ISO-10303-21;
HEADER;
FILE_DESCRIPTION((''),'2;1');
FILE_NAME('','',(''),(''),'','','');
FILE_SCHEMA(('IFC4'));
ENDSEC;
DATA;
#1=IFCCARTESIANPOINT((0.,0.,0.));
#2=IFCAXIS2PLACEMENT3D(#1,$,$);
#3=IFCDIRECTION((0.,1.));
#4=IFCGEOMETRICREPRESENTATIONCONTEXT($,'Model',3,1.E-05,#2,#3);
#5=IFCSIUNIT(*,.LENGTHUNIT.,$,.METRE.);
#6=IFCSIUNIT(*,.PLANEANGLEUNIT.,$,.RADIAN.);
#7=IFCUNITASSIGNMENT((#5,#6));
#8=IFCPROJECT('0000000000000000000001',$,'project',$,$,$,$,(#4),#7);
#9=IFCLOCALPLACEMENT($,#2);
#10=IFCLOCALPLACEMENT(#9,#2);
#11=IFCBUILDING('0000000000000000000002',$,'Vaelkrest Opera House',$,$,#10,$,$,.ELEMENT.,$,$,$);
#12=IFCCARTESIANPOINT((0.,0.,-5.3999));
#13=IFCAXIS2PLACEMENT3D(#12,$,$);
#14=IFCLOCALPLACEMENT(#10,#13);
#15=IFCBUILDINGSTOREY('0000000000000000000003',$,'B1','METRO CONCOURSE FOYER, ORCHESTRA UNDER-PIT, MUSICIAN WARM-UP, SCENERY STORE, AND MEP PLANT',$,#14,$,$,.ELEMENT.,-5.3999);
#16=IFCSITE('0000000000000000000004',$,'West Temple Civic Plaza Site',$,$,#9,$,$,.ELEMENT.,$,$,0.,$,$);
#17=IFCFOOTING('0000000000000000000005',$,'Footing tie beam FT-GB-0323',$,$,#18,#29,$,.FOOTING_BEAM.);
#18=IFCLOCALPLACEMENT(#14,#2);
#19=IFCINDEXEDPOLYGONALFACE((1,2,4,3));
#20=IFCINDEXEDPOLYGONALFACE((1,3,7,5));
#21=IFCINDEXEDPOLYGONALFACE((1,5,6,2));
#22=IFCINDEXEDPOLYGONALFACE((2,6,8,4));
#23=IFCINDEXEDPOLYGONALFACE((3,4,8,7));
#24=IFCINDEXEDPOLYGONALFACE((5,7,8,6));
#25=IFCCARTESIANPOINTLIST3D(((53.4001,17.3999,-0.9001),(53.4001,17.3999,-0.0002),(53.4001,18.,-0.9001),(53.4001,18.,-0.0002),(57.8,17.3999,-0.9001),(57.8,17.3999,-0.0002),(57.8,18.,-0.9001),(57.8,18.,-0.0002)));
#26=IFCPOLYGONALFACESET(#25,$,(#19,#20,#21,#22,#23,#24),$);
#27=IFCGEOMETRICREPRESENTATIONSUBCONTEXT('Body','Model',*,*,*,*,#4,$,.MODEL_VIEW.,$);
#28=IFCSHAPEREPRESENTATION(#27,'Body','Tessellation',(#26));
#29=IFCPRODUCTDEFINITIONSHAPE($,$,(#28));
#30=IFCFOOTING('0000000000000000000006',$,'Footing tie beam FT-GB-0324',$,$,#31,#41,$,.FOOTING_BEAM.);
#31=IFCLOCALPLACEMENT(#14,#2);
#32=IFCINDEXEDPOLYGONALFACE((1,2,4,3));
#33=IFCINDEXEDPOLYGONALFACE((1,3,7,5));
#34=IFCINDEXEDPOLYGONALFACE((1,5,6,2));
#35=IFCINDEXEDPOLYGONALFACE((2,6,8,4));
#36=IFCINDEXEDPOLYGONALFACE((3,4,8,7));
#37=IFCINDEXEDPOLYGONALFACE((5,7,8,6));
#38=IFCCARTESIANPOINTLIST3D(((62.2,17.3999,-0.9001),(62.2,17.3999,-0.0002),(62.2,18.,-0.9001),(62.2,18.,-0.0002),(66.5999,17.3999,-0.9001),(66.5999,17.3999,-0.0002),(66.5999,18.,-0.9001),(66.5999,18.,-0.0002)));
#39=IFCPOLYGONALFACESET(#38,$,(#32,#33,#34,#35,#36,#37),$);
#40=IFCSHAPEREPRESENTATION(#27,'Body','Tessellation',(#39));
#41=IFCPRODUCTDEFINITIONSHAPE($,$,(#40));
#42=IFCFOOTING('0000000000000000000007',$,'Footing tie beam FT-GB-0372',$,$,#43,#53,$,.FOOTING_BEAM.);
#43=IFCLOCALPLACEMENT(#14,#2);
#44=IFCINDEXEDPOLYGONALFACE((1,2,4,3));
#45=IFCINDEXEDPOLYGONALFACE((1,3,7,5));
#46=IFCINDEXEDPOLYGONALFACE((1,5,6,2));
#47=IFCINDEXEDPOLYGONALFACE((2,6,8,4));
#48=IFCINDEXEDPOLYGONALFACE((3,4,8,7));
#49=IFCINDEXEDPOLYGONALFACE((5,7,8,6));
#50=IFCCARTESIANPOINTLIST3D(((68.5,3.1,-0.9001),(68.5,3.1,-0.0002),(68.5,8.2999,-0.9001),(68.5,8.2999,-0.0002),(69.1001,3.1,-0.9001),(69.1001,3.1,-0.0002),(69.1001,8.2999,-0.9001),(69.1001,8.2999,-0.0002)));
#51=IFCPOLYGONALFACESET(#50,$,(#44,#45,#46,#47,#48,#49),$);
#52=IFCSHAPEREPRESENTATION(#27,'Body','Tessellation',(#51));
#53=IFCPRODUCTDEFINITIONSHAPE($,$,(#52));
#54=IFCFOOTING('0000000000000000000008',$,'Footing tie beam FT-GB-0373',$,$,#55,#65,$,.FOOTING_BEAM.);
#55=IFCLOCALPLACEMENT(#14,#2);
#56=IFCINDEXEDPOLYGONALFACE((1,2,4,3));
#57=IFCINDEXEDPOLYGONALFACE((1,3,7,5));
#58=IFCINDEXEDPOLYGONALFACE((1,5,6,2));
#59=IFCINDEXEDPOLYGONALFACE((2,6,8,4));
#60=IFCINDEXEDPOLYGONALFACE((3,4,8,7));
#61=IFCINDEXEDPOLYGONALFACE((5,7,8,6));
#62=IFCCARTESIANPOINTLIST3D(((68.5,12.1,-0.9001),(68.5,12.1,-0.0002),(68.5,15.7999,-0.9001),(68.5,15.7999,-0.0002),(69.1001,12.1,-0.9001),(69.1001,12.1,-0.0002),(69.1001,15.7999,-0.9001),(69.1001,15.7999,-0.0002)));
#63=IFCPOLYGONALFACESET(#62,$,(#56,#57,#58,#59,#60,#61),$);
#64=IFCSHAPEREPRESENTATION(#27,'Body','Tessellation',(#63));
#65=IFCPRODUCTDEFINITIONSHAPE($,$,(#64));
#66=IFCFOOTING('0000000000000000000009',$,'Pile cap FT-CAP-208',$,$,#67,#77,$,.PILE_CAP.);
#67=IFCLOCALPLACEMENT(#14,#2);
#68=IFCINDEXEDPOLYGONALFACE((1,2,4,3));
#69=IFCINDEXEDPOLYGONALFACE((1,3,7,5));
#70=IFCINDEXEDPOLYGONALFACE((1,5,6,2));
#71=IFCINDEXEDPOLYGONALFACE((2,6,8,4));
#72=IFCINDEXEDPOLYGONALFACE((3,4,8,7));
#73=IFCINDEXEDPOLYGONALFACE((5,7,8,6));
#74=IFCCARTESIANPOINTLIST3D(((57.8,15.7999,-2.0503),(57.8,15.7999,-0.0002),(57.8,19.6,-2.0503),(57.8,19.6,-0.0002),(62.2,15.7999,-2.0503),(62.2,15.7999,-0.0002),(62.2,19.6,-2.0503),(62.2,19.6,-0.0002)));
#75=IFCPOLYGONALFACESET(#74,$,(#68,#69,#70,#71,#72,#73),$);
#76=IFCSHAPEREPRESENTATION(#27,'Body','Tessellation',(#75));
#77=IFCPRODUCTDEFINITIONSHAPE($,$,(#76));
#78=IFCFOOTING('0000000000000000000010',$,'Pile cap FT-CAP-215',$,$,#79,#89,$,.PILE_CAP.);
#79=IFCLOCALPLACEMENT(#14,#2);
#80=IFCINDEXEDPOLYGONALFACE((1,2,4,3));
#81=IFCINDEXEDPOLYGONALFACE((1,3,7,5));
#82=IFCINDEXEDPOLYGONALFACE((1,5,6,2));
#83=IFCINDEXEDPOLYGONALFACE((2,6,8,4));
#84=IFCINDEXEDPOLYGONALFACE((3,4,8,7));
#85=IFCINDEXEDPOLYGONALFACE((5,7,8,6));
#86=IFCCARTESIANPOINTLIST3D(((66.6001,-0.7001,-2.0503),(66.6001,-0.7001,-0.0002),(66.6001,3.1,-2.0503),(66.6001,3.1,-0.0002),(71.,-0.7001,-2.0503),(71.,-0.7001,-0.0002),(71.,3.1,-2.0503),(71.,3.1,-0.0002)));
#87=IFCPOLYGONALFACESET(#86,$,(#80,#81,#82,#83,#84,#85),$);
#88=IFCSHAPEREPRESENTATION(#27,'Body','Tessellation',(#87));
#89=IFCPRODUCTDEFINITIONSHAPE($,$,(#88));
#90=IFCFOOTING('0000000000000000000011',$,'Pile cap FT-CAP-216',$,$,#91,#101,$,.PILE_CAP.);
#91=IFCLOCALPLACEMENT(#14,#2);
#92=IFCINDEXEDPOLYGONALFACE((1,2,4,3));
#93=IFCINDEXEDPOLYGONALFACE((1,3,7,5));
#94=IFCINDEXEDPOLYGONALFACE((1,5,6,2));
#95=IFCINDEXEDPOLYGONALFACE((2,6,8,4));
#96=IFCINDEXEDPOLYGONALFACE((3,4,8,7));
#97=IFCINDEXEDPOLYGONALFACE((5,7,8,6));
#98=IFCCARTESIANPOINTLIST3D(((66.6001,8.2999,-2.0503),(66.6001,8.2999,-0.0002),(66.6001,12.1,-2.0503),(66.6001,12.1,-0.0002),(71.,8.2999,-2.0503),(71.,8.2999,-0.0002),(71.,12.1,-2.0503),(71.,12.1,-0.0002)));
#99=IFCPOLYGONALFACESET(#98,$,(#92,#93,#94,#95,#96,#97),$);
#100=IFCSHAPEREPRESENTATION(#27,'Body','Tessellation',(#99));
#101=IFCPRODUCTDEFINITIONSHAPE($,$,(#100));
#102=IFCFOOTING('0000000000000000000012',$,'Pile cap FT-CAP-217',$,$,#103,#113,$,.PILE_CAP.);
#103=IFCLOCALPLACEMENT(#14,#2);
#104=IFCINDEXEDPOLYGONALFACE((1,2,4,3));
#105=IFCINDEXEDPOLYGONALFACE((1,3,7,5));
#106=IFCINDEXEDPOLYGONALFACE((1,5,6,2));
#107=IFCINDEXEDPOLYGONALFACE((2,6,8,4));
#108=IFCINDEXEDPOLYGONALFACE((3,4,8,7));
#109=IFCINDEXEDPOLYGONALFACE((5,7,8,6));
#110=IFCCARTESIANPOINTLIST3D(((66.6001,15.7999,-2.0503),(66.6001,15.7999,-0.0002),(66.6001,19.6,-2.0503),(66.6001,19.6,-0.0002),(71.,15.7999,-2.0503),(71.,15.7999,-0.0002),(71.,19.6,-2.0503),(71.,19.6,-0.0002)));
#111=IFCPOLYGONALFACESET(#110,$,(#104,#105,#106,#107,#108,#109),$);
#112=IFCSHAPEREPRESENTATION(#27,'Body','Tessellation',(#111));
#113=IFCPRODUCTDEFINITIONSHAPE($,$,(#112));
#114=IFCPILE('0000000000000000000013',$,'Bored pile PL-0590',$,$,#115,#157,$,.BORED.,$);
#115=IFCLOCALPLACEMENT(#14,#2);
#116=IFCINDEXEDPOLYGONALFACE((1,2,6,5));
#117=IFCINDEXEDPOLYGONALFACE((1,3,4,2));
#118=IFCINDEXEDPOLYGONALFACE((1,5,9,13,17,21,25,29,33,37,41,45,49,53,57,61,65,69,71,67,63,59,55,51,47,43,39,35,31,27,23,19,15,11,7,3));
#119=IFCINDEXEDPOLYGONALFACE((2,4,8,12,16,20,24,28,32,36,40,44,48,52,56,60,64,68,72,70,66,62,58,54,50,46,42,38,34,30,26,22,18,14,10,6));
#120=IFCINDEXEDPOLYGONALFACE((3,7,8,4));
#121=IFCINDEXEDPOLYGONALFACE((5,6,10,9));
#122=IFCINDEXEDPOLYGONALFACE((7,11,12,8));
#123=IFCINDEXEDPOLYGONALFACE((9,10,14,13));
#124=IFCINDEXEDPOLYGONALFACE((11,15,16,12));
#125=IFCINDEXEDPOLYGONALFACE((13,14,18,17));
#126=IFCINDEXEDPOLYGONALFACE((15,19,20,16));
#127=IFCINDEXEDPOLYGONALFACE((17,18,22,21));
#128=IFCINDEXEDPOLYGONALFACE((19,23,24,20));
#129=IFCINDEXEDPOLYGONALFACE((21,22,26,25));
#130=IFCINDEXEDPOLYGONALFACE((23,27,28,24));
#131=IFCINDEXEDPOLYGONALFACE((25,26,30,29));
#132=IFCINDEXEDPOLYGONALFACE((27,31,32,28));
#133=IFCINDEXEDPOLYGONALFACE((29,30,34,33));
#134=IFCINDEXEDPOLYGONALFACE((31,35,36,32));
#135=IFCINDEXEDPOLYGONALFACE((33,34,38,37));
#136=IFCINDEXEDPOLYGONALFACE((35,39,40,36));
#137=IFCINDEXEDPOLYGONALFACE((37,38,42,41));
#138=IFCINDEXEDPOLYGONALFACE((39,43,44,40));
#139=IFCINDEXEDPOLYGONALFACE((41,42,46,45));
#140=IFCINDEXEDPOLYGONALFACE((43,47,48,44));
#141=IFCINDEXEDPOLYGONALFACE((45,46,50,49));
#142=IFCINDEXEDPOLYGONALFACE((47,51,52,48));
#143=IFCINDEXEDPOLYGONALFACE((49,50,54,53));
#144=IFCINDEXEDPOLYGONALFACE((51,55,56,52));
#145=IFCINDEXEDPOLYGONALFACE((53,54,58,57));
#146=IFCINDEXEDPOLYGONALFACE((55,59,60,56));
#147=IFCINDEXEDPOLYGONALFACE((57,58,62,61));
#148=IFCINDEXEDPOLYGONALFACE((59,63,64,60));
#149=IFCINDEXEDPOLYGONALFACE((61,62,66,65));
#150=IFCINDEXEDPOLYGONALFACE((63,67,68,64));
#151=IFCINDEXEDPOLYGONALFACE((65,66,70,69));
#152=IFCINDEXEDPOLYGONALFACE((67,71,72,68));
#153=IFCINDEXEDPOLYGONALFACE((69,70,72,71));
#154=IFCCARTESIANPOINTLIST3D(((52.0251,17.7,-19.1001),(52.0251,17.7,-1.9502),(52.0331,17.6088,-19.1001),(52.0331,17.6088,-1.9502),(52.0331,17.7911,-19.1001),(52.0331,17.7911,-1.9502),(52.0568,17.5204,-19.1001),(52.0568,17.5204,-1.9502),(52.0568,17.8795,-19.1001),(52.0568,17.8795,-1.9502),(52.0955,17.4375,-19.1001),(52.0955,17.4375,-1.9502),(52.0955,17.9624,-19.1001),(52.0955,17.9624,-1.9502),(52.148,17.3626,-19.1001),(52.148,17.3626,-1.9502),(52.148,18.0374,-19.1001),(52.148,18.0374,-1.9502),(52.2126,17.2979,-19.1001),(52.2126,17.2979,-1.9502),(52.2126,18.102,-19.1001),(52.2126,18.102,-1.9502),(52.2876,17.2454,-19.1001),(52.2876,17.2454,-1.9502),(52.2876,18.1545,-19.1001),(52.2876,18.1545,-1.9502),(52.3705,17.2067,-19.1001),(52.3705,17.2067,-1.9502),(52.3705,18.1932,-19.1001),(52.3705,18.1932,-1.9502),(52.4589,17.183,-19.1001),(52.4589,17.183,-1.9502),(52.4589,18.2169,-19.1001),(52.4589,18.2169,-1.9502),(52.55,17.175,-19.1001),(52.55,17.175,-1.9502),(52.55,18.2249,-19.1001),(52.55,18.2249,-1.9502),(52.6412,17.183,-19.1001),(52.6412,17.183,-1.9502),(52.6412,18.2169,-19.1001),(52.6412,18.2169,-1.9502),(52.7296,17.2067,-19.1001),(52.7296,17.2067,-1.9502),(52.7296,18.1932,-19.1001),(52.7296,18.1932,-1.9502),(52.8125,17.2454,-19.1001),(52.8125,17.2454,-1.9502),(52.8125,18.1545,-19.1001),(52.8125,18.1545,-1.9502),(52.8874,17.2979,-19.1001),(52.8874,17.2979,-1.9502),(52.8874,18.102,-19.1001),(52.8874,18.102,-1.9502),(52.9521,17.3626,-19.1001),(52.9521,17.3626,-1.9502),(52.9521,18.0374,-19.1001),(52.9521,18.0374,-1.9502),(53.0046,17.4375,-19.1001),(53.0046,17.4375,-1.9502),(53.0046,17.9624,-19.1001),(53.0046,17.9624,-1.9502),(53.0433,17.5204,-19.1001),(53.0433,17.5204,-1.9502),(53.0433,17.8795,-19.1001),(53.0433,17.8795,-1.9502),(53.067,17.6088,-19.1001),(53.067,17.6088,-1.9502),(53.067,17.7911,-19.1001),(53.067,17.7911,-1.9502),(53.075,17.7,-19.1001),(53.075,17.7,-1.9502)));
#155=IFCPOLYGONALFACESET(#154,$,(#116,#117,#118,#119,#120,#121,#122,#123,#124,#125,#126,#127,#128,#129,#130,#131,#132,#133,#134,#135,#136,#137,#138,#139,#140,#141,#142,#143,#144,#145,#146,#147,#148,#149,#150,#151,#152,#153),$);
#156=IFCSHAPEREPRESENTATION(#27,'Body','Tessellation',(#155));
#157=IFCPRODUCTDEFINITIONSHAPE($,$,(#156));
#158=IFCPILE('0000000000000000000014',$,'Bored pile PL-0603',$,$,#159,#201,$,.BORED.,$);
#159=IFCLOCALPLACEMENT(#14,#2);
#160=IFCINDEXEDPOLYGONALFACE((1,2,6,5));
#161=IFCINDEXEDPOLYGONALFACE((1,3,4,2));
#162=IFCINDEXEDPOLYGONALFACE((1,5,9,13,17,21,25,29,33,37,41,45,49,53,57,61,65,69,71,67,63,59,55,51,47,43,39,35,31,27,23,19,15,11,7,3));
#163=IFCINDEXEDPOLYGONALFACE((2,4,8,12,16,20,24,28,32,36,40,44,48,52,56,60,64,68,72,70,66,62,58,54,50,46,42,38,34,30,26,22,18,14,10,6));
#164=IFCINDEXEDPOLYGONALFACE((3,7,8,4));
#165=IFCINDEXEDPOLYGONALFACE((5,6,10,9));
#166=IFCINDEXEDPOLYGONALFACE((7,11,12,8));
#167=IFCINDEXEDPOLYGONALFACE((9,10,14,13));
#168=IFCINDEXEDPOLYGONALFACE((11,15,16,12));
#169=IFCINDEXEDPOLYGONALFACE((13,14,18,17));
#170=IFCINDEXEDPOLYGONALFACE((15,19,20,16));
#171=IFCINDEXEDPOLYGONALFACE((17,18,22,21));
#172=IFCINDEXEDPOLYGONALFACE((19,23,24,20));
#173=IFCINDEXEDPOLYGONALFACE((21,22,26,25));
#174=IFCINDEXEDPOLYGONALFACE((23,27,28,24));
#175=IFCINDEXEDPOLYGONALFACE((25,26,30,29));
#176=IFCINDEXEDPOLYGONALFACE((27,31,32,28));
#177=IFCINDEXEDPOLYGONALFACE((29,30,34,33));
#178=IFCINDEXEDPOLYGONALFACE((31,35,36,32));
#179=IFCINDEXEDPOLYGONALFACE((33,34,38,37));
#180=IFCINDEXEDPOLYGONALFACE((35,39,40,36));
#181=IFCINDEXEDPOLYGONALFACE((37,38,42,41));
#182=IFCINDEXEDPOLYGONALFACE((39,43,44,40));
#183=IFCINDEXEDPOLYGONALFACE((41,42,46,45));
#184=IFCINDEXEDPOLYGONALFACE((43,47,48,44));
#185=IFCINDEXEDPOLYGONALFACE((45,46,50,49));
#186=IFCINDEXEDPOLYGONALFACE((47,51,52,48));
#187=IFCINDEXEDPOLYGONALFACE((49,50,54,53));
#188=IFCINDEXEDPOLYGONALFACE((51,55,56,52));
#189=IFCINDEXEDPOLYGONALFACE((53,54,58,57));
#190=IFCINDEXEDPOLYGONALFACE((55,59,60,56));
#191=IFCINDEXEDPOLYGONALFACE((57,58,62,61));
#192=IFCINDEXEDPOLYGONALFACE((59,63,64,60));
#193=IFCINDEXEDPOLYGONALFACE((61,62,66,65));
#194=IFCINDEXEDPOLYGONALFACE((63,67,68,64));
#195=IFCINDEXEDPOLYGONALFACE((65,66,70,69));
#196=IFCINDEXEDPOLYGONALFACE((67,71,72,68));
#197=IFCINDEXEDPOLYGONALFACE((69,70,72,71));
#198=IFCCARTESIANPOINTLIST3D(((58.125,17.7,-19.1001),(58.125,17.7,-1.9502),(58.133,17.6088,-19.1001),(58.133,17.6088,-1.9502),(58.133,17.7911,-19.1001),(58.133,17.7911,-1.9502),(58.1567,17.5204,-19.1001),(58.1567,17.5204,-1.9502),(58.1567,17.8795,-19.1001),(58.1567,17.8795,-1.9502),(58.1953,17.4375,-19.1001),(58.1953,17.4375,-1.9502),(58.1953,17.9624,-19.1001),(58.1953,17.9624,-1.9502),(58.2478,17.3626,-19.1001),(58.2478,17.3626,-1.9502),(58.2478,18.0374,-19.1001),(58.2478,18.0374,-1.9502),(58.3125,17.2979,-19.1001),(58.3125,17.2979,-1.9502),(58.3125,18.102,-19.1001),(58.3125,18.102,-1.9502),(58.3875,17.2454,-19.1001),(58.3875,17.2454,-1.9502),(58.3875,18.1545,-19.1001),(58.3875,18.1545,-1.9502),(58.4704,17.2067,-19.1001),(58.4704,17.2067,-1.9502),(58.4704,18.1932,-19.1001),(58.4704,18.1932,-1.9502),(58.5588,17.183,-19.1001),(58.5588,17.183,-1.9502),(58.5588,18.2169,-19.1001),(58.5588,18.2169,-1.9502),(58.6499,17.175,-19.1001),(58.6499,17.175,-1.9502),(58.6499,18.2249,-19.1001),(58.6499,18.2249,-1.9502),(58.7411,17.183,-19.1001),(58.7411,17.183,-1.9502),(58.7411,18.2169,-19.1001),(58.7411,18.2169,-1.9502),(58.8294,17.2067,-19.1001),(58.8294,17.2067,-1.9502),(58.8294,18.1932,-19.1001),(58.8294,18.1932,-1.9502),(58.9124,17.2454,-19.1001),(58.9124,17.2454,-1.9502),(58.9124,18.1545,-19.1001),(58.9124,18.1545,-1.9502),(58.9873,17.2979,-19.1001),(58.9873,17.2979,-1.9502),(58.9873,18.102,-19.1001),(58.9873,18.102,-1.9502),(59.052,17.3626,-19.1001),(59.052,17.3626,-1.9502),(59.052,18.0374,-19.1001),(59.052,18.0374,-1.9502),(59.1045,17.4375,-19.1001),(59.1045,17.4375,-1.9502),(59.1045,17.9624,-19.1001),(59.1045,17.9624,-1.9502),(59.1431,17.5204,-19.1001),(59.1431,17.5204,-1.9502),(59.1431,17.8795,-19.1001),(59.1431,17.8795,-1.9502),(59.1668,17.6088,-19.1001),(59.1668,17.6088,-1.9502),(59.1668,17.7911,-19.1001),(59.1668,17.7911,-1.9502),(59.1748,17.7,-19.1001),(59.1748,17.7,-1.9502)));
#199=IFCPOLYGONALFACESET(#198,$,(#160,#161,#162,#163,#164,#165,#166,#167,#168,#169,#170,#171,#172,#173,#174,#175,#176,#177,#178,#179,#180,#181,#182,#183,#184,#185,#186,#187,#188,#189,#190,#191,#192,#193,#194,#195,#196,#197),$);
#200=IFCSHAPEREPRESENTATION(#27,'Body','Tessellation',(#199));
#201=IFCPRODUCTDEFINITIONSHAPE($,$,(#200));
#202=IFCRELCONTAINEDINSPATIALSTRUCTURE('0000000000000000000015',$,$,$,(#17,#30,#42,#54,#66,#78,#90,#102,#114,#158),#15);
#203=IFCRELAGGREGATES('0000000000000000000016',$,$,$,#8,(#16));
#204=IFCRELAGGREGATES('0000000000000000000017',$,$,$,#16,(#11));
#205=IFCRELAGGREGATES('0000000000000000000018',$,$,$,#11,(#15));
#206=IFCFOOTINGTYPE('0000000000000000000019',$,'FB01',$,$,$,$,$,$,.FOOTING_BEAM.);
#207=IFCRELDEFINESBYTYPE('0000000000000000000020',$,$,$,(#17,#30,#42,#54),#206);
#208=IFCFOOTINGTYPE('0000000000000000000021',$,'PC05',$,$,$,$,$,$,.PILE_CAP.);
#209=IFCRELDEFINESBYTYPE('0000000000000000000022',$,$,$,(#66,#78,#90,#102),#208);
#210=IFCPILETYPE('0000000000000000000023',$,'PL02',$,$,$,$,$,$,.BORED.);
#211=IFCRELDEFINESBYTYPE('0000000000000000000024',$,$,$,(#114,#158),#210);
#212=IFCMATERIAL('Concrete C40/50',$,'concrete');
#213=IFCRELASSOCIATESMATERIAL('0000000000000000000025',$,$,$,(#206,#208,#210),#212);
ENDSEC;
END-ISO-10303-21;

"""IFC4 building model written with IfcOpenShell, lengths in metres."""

from ifc_helpers import new_model, si_unit, direction, frame, origin, origin_2d, place, context, subcontext, project, spatial, rectangle, circle, extrude, material, material_profile, profile_set, type_object, element, save


model = new_model("IFC4")

# Units and contexts
model_context = context("Model", 3, precision=1e-05, world=origin(), true_north=direction((0.0, 1.0)))
body_context = subcontext(model_context, "Body", "Model", "MODEL_VIEW")
ifc_project = project(units=[si_unit("LENGTHUNIT", "METRE"), si_unit("PLANEANGLEUNIT", "RADIAN")], contexts=[model_context])

# Site, building, storey
site_placement = place(None, origin())
site = spatial("IfcSite", under=ifc_project, at=site_placement, Name="West Temple Civic Plaza Site", CompositionType="ELEMENT", RefElevation=0.0)
building_placement = place(site_placement, origin())
building = spatial("IfcBuilding", under=site, at=building_placement, Name="Vaelkrest Opera House", CompositionType="ELEMENT")
storey_placement = place(building_placement, frame((0.0, 0.0, -5.3999)))
storey = spatial("IfcBuildingStorey", under=building, at=storey_placement, Name="B1", Description="METRO CONCOURSE FOYER, ORCHESTRA UNDER-PIT, MUSICIAN WARM-UP, SCENERY STORE, AND MEP PLANT", CompositionType="ELEMENT", Elevation=-5.3999)

# Footings
ifc_material_1 = material(Name="Concrete C40/50", Category="concrete")
footing_type_1 = type_object("IfcFootingType", Name="FB01", PredefinedType="FOOTING_BEAM", material=ifc_material_1)
for number, where, z_axis, x_axis, name in (
    (1, (55.6001, 17.7, -0.9001), (0.0, 0.0, 1.0), (1.0, 0.0, 0.0), "Footing tie beam FT-GB-0323"),
    (2, (64.3999, 17.7, -0.9001), (0.0, 0.0, 1.0), (1.0, 0.0, 0.0), "Footing tie beam FT-GB-0324"),
):
    element("IfcFooting", number, at=place(storey_placement, frame(where, z_axis=z_axis, x_axis=x_axis)), inside=storey, type_object=footing_type_1, Name=name, PredefinedType="FOOTING_BEAM", context=body_context, shape_type="SweptSolid", body=[
        extrude(rectangle(XDim=4.3999, YDim=0.6001, at=origin_2d()), origin(), (0.0, 0.0, 1.0), 0.8999),
    ])
footing_1_placement = place(storey_placement, frame((68.8, 5.7, -0.9001), z_axis=(0.0, 0.0, 1.0), x_axis=(0.0, 1.0, 0.0)))
element("IfcFooting", 3, at=footing_1_placement, inside=storey, type_object=footing_type_1, Name="Footing tie beam FT-GB-0372", PredefinedType="FOOTING_BEAM", context=body_context, shape_type="SweptSolid", body=[
    extrude(rectangle(XDim=5.2, YDim=0.6001, at=origin_2d()), origin(), (0.0, 0.0, 1.0), 0.8999),
])
footing_2_placement = place(storey_placement, frame((68.8, 13.95, -0.9001), z_axis=(0.0, 0.0, 1.0), x_axis=(0.0, 1.0, 0.0)))
element("IfcFooting", 4, at=footing_2_placement, inside=storey, type_object=footing_type_1, Name="Footing tie beam FT-GB-0373", PredefinedType="FOOTING_BEAM", context=body_context, shape_type="SweptSolid", body=[
    extrude(rectangle(XDim=3.7, YDim=0.6001, at=origin_2d()), origin(), (0.0, 0.0, 1.0), 0.8999),
])
footing_type_2 = type_object("IfcFootingType", Name="PC05", PredefinedType="PILE_CAP", material=ifc_material_1)
for number, where, z_axis, x_axis, name in (
    (5, (60.0, 17.7, -2.0503), (0.0, 0.0, 1.0), (1.0, 0.0, 0.0), "Pile cap FT-CAP-208"),
    (6, (68.8, 1.2, -2.0503), (0.0, 0.0, 1.0), (1.0, 0.0, 0.0), "Pile cap FT-CAP-215"),
    (7, (68.8, 10.2, -2.0503), (0.0, 0.0, 1.0), (1.0, 0.0, 0.0), "Pile cap FT-CAP-216"),
    (8, (68.8, 17.7, -2.0503), (0.0, 0.0, 1.0), (1.0, 0.0, 0.0), "Pile cap FT-CAP-217"),
):
    element("IfcFooting", number, at=place(storey_placement, frame(where, z_axis=z_axis, x_axis=x_axis)), inside=storey, type_object=footing_type_2, Name=name, PredefinedType="PILE_CAP", context=body_context, shape_type="SweptSolid", body=[
        extrude(rectangle(XDim=4.3999, YDim=3.8, at=origin_2d()), origin(), (0.0, 0.0, 1.0), 2.05),
    ])

# Piles
ifc_material_profile_1 = material_profile(ifc_material_1, circle(Radius=0.5249, at=origin_2d()), Name="PILE1050")
ifc_profile_set_1 = profile_set([ifc_material_profile_1], Name="Concrete C40/50")
pile_type = type_object("IfcPileType", Name="PL02", PredefinedType="BORED", material=ifc_profile_set_1)
for number, where, z_axis, x_axis, name in (
    (9, (52.55, 17.7, -1.9502), (0.0, 0.0, -1.0), (1.0, 0.0, 0.0), "Bored pile PL-0590"),
    (10, (58.6499, 17.7, -1.9502), (0.0, 0.0, -1.0), (1.0, 0.0, 0.0), "Bored pile PL-0603"),
):
    element("IfcPile", number, at=place(storey_placement, frame(where, z_axis=z_axis, x_axis=x_axis)), inside=storey, type_object=pile_type, Name=name, PredefinedType="BORED", context=body_context, shape_type="SweptSolid", body=[
        extrude(circle(Radius=0.5249, at=origin_2d()), origin(), (0.0, 0.0, 1.0), 17.1499),
    ])

save(model, "model.ifc")
